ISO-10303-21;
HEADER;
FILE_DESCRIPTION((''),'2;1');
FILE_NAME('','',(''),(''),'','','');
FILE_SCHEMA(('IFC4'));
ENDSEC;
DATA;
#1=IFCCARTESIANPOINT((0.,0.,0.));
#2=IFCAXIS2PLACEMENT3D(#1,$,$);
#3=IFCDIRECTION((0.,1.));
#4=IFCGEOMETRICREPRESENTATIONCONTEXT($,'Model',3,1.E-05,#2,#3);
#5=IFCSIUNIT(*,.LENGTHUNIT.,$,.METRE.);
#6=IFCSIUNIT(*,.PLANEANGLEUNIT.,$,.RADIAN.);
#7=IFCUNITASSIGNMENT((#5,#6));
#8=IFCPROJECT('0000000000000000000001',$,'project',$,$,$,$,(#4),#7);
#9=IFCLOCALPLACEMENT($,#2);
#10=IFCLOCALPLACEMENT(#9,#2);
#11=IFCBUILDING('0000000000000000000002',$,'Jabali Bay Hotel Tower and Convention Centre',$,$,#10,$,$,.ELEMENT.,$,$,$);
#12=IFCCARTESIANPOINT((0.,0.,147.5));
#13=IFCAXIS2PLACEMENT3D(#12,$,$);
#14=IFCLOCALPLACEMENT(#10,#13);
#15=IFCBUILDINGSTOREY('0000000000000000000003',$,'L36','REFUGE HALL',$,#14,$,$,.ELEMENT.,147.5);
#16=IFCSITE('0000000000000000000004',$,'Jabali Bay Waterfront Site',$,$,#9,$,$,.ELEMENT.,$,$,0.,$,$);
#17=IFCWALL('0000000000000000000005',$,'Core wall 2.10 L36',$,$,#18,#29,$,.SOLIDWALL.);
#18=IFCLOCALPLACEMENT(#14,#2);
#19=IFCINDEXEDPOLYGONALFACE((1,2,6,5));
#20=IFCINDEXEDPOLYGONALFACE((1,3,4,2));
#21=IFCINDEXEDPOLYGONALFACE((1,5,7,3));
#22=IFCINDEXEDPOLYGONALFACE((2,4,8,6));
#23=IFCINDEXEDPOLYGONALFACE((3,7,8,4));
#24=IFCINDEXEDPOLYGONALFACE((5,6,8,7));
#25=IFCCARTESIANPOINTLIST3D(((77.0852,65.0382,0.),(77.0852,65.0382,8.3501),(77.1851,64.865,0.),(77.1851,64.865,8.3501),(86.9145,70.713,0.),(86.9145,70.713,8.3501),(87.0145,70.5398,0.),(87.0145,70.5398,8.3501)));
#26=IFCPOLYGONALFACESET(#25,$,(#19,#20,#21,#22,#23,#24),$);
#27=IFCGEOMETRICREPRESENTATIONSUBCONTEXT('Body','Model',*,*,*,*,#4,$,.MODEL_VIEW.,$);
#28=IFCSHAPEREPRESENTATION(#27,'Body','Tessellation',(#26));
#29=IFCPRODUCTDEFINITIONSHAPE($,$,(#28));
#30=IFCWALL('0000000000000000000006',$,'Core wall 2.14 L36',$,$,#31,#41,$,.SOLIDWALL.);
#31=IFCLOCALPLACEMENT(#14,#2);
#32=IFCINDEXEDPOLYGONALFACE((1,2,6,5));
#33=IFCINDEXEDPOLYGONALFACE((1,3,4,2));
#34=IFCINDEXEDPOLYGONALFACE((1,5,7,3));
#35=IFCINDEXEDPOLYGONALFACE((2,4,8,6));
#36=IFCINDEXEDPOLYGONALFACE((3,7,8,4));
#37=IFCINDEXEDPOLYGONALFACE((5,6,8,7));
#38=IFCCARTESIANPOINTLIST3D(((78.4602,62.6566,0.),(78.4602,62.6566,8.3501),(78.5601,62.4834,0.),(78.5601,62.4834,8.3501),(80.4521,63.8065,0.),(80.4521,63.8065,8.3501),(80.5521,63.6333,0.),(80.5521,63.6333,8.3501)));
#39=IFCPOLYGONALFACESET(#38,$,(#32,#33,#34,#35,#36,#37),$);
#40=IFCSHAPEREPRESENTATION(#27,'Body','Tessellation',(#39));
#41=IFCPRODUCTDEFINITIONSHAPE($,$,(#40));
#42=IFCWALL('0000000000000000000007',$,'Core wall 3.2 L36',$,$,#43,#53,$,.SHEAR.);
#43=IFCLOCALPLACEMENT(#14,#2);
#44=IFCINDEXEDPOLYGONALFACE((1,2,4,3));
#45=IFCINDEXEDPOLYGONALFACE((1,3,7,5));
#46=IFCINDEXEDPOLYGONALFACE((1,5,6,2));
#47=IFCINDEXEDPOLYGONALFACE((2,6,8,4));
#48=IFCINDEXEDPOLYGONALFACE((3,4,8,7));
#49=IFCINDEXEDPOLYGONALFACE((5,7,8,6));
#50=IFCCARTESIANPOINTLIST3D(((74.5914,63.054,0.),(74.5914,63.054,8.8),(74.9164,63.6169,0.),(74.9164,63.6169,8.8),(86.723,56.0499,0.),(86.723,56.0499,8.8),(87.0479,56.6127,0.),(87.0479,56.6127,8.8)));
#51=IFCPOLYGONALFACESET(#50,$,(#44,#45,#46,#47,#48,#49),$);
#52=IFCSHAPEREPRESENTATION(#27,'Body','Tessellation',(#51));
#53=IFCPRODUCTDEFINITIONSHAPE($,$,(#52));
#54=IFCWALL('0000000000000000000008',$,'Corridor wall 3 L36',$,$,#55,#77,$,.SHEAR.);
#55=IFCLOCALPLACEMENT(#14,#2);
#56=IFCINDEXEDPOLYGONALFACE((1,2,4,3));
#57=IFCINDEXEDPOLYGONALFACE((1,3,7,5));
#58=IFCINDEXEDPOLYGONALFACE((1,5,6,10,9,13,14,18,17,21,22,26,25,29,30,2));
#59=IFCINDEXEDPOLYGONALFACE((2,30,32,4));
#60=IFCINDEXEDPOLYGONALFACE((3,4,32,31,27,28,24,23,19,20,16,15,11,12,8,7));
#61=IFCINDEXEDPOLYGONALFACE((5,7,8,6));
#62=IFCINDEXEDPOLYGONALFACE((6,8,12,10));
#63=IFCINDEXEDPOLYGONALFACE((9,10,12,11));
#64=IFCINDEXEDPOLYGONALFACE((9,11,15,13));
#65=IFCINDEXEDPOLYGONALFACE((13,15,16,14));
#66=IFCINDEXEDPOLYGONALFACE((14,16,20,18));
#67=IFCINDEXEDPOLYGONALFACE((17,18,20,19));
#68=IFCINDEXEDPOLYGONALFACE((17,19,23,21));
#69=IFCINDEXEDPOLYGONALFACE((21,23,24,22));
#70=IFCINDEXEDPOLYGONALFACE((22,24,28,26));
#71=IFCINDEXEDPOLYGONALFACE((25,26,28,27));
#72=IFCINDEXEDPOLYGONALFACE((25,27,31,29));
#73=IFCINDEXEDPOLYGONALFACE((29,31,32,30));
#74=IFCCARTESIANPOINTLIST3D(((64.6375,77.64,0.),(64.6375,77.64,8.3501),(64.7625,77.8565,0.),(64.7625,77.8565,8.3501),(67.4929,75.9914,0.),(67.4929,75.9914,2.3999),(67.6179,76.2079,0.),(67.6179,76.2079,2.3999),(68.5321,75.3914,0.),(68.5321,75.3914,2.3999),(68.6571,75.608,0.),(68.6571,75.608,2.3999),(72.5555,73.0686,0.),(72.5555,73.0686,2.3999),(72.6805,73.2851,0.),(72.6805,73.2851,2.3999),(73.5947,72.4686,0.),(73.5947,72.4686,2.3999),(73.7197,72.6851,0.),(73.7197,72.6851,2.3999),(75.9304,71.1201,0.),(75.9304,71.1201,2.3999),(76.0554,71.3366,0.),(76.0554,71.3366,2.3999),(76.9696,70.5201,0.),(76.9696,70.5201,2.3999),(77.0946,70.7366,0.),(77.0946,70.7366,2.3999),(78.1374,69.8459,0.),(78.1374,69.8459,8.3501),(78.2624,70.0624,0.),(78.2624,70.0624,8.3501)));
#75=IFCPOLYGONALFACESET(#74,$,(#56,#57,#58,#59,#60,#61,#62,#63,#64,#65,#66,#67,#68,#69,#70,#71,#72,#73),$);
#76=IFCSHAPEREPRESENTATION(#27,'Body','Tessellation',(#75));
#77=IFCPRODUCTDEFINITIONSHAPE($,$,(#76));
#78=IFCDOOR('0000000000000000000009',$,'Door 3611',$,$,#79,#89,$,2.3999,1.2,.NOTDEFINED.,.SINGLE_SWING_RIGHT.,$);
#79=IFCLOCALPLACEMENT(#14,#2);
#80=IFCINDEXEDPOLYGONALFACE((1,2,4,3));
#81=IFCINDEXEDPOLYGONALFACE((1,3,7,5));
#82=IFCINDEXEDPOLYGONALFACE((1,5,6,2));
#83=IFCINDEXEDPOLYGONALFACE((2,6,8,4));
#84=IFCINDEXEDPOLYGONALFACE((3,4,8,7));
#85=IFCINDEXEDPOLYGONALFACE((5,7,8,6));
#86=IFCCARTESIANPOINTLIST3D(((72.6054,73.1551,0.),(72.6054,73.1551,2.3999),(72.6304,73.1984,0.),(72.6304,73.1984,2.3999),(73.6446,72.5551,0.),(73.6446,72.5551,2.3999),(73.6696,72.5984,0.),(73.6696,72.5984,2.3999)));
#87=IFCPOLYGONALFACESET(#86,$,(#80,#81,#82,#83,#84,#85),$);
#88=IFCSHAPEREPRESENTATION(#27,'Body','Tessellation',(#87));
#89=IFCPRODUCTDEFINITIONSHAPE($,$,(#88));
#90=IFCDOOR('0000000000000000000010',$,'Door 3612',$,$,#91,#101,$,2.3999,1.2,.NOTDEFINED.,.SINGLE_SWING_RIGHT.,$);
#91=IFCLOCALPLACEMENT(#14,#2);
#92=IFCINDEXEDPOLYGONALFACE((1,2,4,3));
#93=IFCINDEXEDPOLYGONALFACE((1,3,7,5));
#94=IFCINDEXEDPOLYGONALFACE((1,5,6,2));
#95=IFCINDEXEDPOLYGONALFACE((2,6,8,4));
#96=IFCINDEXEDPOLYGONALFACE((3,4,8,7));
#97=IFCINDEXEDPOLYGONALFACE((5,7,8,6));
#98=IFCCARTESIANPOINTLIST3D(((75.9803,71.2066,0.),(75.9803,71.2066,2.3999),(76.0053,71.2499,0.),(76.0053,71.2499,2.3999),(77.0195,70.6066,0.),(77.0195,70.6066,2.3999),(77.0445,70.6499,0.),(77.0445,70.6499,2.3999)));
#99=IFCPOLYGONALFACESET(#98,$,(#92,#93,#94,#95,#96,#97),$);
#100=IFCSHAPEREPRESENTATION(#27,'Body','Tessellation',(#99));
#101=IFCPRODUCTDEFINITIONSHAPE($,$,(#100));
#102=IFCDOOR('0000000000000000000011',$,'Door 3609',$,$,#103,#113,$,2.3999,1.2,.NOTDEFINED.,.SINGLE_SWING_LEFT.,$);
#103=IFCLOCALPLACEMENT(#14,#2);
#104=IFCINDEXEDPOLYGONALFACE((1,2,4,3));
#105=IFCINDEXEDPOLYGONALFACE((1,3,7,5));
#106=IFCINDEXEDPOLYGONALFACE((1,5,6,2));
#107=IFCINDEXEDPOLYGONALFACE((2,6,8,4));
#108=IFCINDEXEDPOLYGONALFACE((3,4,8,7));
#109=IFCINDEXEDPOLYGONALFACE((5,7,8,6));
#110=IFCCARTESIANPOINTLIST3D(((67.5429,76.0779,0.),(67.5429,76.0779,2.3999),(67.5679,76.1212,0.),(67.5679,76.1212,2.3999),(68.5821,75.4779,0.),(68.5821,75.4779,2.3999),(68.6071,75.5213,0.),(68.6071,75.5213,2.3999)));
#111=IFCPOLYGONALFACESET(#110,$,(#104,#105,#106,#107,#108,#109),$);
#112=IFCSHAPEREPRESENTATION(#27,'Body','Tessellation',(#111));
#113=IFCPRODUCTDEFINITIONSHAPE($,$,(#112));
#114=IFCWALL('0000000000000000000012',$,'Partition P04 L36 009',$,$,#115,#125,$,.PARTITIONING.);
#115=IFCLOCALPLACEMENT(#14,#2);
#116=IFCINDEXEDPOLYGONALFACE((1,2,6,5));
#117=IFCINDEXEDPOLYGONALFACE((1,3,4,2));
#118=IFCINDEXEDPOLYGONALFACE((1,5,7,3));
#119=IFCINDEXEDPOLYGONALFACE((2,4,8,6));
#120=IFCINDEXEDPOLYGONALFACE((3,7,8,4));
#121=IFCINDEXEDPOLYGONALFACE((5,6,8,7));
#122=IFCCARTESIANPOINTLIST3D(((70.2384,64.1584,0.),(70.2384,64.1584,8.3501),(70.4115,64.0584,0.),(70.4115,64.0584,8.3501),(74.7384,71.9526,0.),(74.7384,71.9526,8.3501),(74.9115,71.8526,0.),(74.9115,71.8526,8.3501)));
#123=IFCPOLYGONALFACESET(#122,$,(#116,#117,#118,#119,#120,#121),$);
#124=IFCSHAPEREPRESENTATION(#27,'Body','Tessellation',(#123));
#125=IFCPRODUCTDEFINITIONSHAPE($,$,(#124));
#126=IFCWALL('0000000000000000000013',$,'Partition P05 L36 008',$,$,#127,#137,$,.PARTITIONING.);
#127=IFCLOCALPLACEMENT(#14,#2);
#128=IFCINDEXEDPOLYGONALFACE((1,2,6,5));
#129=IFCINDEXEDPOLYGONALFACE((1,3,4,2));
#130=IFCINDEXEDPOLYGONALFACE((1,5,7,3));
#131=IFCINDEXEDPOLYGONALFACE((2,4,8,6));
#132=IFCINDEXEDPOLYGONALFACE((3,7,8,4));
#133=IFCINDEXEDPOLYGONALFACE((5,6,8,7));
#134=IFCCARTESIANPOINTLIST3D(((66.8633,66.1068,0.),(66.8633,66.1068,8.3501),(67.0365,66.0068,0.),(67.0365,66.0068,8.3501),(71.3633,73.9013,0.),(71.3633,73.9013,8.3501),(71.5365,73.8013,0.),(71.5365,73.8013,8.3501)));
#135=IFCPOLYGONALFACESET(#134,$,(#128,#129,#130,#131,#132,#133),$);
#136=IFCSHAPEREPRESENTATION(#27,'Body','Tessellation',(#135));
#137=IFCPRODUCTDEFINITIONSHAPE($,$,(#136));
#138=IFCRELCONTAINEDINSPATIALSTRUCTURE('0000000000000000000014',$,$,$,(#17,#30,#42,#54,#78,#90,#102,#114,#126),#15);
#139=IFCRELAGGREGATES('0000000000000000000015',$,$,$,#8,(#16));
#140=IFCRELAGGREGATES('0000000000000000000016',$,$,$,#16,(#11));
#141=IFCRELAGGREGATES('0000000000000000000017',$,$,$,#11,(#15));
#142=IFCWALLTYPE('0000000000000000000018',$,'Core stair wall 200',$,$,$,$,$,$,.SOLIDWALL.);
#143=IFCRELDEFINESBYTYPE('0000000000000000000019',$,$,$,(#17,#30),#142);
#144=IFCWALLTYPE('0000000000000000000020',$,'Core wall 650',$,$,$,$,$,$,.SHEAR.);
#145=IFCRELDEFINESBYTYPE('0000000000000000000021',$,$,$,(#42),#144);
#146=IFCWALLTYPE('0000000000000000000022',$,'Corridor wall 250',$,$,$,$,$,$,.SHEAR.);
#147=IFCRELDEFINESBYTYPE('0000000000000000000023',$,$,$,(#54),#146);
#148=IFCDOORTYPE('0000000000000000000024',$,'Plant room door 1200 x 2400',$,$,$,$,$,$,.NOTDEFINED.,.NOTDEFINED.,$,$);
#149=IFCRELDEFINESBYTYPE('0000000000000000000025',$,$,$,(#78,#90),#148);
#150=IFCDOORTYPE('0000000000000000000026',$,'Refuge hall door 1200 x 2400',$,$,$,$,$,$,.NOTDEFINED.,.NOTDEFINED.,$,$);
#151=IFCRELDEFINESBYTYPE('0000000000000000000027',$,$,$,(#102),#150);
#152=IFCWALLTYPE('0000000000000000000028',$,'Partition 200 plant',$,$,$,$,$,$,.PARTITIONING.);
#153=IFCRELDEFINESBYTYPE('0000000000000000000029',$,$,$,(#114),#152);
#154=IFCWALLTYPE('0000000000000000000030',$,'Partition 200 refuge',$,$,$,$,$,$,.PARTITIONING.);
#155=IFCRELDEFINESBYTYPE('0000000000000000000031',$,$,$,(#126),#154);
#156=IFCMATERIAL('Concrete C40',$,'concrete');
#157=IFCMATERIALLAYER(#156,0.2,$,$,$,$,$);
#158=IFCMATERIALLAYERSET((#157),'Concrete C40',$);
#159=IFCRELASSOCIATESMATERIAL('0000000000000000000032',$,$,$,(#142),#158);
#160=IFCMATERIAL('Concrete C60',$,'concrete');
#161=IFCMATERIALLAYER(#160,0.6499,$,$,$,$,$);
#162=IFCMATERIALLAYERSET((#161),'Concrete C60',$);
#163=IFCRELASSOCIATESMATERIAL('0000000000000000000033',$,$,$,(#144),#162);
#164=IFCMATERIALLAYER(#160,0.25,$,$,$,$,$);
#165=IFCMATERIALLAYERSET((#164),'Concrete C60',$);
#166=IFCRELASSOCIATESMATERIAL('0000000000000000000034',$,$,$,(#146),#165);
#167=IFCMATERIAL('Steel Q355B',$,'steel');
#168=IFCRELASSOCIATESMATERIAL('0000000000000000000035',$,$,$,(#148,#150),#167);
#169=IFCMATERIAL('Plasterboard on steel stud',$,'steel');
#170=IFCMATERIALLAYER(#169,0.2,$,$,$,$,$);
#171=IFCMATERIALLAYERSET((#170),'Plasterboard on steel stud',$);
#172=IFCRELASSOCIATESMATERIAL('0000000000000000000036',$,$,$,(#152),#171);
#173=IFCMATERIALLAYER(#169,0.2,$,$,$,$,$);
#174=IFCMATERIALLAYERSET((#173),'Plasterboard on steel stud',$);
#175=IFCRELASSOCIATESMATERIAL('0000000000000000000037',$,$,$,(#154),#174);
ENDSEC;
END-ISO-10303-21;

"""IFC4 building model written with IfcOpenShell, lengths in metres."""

from ifc_helpers import new_model, si_unit, direction, frame, frame_2d, origin, place, context, subcontext, project, spatial, rectangle, extrude, material, layer, layer_set, type_object, element, fill, save


model = new_model("IFC4")

# Units and contexts
model_context = context("Model", 3, precision=1e-05, world=origin(), true_north=direction((0.0, 1.0)))
body_context = subcontext(model_context, "Body", "Model", "MODEL_VIEW")
ifc_project = project(units=[si_unit("LENGTHUNIT", "METRE"), si_unit("PLANEANGLEUNIT", "RADIAN")], contexts=[model_context])

# Site, building, storey
site_placement = place(None, origin())
site = spatial("IfcSite", under=ifc_project, at=site_placement, Name="Jabali Bay Waterfront Site", CompositionType="ELEMENT", RefElevation=0.0)
building_placement = place(site_placement, origin())
building = spatial("IfcBuilding", under=site, at=building_placement, Name="Jabali Bay Hotel Tower and Convention Centre", CompositionType="ELEMENT")
storey_placement = place(building_placement, frame((0.0, 0.0, 147.5)))
storey = spatial("IfcBuildingStorey", under=building, at=storey_placement, Name="L36", Description="REFUGE HALL", CompositionType="ELEMENT", Elevation=147.5)

# Shared definitions
ifc_material_1 = material(Name="Concrete C60", Category="concrete")

# Shared definitions
ifc_material_2 = material(Name="Concrete C40", Category="concrete")

# Walls
ifc_layer_1 = layer(ifc_material_2, 0.2)
ifc_layer_set_1 = layer_set([ifc_layer_1], Name="Concrete C40")
wall_type_1 = type_object("IfcWallType", Name="Core stair wall 200", PredefinedType="SOLIDWALL", material=ifc_layer_set_1)
wall_1_placement = place(storey_placement, frame((77.1353, 64.9517, 0.0), z_axis=(0.0, 0.0, 1.0), x_axis=(0.866032, 0.499989, 0.0)))
element("IfcWall", 1, at=wall_1_placement, inside=storey, type_object=wall_type_1, Name="Core wall 2.10 L36", PredefinedType="SOLIDWALL", context=body_context, shape_type="SweptSolid", body=[
    extrude(rectangle(XDim=11.3499, YDim=0.2, at=frame_2d((5.6748, 0.0))), origin(), (0.0, 0.0, 1.0), 8.3501),
])
wall_2_placement = place(storey_placement, frame((78.5103, 62.5701, 0.0), z_axis=(0.0, 0.0, 1.0), x_axis=(0.866053, 0.499952, 0.0)))
element("IfcWall", 2, at=wall_2_placement, inside=storey, type_object=wall_type_1, Name="Core wall 2.14 L36", PredefinedType="SOLIDWALL", context=body_context, shape_type="SweptSolid", body=[
    extrude(rectangle(XDim=2.3, YDim=0.2, at=frame_2d((1.1499, 0.0))), origin(), (0.0, 0.0, 1.0), 8.3501),
])
ifc_layer_2 = layer(ifc_material_1, 0.6499)
ifc_layer_set_2 = layer_set([ifc_layer_2], Name="Concrete C60")
wall_type_2 = type_object("IfcWallType", Name="Core wall 650", PredefinedType="SHEAR", material=ifc_layer_set_2)
wall_3_placement = place(storey_placement, frame((74.7539, 63.3354, 0.0), z_axis=(0.0, 0.0, 1.0), x_axis=(0.866026, -0.499999, 0.0)))
element("IfcWall", 3, at=wall_3_placement, inside=storey, type_object=wall_type_2, Name="Core wall 3.2 L36", PredefinedType="SHEAR", context=body_context, shape_type="SweptSolid", body=[
    extrude(rectangle(XDim=14.0083, YDim=0.6499, at=frame_2d((7.0042, 0.0))), origin(), (0.0, 0.0, 1.0), 8.8),
])

# Wall, openings, doors
ifc_layer_3 = layer(ifc_material_1, 0.25)
ifc_layer_set_3 = layer_set([ifc_layer_3], Name="Concrete C60")
wall_type_3 = type_object("IfcWallType", Name="Corridor wall 250", PredefinedType="SHEAR", material=ifc_layer_set_3)
wall_4_placement = place(storey_placement, frame((64.7, 77.7483, 0.0), z_axis=(0.0, 0.0, 1.0), x_axis=(0.866026, -0.499998, 0.0)))
wall_4 = element("IfcWall", 4, at=wall_4_placement, inside=storey, type_object=wall_type_3, Name="Corridor wall 3 L36", PredefinedType="SHEAR", context=body_context, shape_type="SweptSolid", body=[
    extrude(rectangle(XDim=15.5884, YDim=0.25, at=frame_2d((7.7942, 0.0))), origin(), (0.0, 0.0, 1.0), 8.3501),
])
opening_1_placement = place(wall_4_placement, frame((3.2971, 0.0, 0.0)))
opening_1 = element("IfcOpeningElement", 5, at=opening_1_placement, cuts=wall_4, PredefinedType="OPENING", context=body_context, shape_type="SweptSolid", body=[
    extrude(rectangle(XDim=1.2, YDim=2.3999, at=frame_2d((0.6001, 1.2))), frame((0.0, 0.1355, 0.0), z_axis=(0.0, -1.0, 0.0), x_axis=(1.0, 0.0, 0.0)), (0.0, 0.0, 1.0), 0.271),
])
opening_2_placement = place(wall_4_placement, frame((9.1428, 0.0, 0.0)))
opening_2 = element("IfcOpeningElement", 6, at=opening_2_placement, cuts=wall_4, PredefinedType="OPENING", context=body_context, shape_type="SweptSolid", body=[
    extrude(rectangle(XDim=1.2, YDim=2.3999, at=frame_2d((0.6001, 1.2))), frame((0.0, 0.1355, 0.0), z_axis=(0.0, -1.0, 0.0), x_axis=(1.0, 0.0, 0.0)), (0.0, 0.0, 1.0), 0.271),
])
opening_3_placement = place(wall_4_placement, frame((13.0398, 0.0, 0.0)))
opening_3 = element("IfcOpeningElement", 7, at=opening_3_placement, cuts=wall_4, PredefinedType="OPENING", context=body_context, shape_type="SweptSolid", body=[
    extrude(rectangle(XDim=1.2, YDim=2.3999, at=frame_2d((0.6001, 1.2))), frame((0.0, 0.1355, 0.0), z_axis=(0.0, -1.0, 0.0), x_axis=(1.0, 0.0, 0.0)), (0.0, 0.0, 1.0), 0.271),
])
ifc_material_3 = material(Name="Steel Q355B", Category="steel")
door_type_1 = type_object("IfcDoorType", Name="Plant room door 1200 x 2400", OperationType="NOTDEFINED", PredefinedType="NOTDEFINED", material=ifc_material_3)
door_1_placement = place(opening_2_placement, origin())
door_1 = element("IfcDoor", 8, at=door_1_placement, inside=storey, type_object=door_type_1, Name="Door 3611", OperationType="SINGLE_SWING_RIGHT", OverallHeight=2.3999, OverallWidth=1.2, PredefinedType="NOTDEFINED", context=body_context, shape_type="SweptSolid", body=[
    extrude(rectangle(XDim=1.2, YDim=2.3999, at=frame_2d((0.6001, 1.2))), frame((0.0, 0.0249, 0.0), z_axis=(0.0, -1.0, 0.0), x_axis=(1.0, 0.0, 0.0)), (0.0, 0.0, 1.0), 0.05),
])
fill(opening_2, door_1)
door_2_placement = place(opening_3_placement, origin())
door_2 = element("IfcDoor", 9, at=door_2_placement, inside=storey, type_object=door_type_1, Name="Door 3612", OperationType="SINGLE_SWING_RIGHT", OverallHeight=2.3999, OverallWidth=1.2, PredefinedType="NOTDEFINED", context=body_context, shape_type="SweptSolid", body=[
    extrude(rectangle(XDim=1.2, YDim=2.3999, at=frame_2d((0.6001, 1.2))), frame((0.0, 0.0249, 0.0), z_axis=(0.0, -1.0, 0.0), x_axis=(1.0, 0.0, 0.0)), (0.0, 0.0, 1.0), 0.05),
])
fill(opening_3, door_2)
door_type_2 = type_object("IfcDoorType", Name="Refuge hall door 1200 x 2400", OperationType="NOTDEFINED", PredefinedType="NOTDEFINED", material=ifc_material_3)
door_3_placement = place(opening_1_placement, origin())
door_3 = element("IfcDoor", 10, at=door_3_placement, inside=storey, type_object=door_type_2, Name="Door 3609", OperationType="SINGLE_SWING_LEFT", OverallHeight=2.3999, OverallWidth=1.2, PredefinedType="NOTDEFINED", context=body_context, shape_type="SweptSolid", body=[
    extrude(rectangle(XDim=1.2, YDim=2.3999, at=frame_2d((0.6001, 1.2))), frame((0.0, 0.0249, 0.0), z_axis=(0.0, -1.0, 0.0), x_axis=(1.0, 0.0, 0.0)), (0.0, 0.0, 1.0), 0.05),
])
fill(opening_1, door_3)

# Walls
ifc_material_4 = material(Name="Plasterboard on steel stud", Category="steel")
ifc_layer_4 = layer(ifc_material_4, 0.2)
ifc_layer_set_4 = layer_set([ifc_layer_4], Name="Plasterboard on steel stud")
wall_type_4 = type_object("IfcWallType", Name="Partition 200 plant", PredefinedType="PARTITIONING", material=ifc_layer_set_4)
wall_5_placement = place(storey_placement, frame((70.325, 64.1084, 0.0), z_axis=(0.0, 0.0, 1.0), x_axis=(0.500002, 0.866024, 0.0)))
element("IfcWall", 11, at=wall_5_placement, inside=storey, type_object=wall_type_4, Name="Partition P04 L36 009", PredefinedType="PARTITIONING", context=body_context, shape_type="SweptSolid", body=[
    extrude(rectangle(XDim=9.0, YDim=0.2, at=frame_2d((4.5, 0.0))), origin(), (0.0, 0.0, 1.0), 8.3501),
])
ifc_layer_5 = layer(ifc_material_4, 0.2)
ifc_layer_set_5 = layer_set([ifc_layer_5], Name="Plasterboard on steel stud")
wall_type_5 = type_object("IfcWallType", Name="Partition 200 refuge", PredefinedType="PARTITIONING", material=ifc_layer_set_5)
wall_6_placement = place(storey_placement, frame((66.95, 66.0569, 0.0), z_axis=(0.0, 0.0, 1.0), x_axis=(0.49999, 0.866031, 0.0)))
element("IfcWall", 12, at=wall_6_placement, inside=storey, type_object=wall_type_5, Name="Partition P05 L36 008", PredefinedType="PARTITIONING", context=body_context, shape_type="SweptSolid", body=[
    extrude(rectangle(XDim=9.0002, YDim=0.2, at=frame_2d((4.5, 0.0))), origin(), (0.0, 0.0, 1.0), 8.3501),
])

save(model, "model.ifc")
